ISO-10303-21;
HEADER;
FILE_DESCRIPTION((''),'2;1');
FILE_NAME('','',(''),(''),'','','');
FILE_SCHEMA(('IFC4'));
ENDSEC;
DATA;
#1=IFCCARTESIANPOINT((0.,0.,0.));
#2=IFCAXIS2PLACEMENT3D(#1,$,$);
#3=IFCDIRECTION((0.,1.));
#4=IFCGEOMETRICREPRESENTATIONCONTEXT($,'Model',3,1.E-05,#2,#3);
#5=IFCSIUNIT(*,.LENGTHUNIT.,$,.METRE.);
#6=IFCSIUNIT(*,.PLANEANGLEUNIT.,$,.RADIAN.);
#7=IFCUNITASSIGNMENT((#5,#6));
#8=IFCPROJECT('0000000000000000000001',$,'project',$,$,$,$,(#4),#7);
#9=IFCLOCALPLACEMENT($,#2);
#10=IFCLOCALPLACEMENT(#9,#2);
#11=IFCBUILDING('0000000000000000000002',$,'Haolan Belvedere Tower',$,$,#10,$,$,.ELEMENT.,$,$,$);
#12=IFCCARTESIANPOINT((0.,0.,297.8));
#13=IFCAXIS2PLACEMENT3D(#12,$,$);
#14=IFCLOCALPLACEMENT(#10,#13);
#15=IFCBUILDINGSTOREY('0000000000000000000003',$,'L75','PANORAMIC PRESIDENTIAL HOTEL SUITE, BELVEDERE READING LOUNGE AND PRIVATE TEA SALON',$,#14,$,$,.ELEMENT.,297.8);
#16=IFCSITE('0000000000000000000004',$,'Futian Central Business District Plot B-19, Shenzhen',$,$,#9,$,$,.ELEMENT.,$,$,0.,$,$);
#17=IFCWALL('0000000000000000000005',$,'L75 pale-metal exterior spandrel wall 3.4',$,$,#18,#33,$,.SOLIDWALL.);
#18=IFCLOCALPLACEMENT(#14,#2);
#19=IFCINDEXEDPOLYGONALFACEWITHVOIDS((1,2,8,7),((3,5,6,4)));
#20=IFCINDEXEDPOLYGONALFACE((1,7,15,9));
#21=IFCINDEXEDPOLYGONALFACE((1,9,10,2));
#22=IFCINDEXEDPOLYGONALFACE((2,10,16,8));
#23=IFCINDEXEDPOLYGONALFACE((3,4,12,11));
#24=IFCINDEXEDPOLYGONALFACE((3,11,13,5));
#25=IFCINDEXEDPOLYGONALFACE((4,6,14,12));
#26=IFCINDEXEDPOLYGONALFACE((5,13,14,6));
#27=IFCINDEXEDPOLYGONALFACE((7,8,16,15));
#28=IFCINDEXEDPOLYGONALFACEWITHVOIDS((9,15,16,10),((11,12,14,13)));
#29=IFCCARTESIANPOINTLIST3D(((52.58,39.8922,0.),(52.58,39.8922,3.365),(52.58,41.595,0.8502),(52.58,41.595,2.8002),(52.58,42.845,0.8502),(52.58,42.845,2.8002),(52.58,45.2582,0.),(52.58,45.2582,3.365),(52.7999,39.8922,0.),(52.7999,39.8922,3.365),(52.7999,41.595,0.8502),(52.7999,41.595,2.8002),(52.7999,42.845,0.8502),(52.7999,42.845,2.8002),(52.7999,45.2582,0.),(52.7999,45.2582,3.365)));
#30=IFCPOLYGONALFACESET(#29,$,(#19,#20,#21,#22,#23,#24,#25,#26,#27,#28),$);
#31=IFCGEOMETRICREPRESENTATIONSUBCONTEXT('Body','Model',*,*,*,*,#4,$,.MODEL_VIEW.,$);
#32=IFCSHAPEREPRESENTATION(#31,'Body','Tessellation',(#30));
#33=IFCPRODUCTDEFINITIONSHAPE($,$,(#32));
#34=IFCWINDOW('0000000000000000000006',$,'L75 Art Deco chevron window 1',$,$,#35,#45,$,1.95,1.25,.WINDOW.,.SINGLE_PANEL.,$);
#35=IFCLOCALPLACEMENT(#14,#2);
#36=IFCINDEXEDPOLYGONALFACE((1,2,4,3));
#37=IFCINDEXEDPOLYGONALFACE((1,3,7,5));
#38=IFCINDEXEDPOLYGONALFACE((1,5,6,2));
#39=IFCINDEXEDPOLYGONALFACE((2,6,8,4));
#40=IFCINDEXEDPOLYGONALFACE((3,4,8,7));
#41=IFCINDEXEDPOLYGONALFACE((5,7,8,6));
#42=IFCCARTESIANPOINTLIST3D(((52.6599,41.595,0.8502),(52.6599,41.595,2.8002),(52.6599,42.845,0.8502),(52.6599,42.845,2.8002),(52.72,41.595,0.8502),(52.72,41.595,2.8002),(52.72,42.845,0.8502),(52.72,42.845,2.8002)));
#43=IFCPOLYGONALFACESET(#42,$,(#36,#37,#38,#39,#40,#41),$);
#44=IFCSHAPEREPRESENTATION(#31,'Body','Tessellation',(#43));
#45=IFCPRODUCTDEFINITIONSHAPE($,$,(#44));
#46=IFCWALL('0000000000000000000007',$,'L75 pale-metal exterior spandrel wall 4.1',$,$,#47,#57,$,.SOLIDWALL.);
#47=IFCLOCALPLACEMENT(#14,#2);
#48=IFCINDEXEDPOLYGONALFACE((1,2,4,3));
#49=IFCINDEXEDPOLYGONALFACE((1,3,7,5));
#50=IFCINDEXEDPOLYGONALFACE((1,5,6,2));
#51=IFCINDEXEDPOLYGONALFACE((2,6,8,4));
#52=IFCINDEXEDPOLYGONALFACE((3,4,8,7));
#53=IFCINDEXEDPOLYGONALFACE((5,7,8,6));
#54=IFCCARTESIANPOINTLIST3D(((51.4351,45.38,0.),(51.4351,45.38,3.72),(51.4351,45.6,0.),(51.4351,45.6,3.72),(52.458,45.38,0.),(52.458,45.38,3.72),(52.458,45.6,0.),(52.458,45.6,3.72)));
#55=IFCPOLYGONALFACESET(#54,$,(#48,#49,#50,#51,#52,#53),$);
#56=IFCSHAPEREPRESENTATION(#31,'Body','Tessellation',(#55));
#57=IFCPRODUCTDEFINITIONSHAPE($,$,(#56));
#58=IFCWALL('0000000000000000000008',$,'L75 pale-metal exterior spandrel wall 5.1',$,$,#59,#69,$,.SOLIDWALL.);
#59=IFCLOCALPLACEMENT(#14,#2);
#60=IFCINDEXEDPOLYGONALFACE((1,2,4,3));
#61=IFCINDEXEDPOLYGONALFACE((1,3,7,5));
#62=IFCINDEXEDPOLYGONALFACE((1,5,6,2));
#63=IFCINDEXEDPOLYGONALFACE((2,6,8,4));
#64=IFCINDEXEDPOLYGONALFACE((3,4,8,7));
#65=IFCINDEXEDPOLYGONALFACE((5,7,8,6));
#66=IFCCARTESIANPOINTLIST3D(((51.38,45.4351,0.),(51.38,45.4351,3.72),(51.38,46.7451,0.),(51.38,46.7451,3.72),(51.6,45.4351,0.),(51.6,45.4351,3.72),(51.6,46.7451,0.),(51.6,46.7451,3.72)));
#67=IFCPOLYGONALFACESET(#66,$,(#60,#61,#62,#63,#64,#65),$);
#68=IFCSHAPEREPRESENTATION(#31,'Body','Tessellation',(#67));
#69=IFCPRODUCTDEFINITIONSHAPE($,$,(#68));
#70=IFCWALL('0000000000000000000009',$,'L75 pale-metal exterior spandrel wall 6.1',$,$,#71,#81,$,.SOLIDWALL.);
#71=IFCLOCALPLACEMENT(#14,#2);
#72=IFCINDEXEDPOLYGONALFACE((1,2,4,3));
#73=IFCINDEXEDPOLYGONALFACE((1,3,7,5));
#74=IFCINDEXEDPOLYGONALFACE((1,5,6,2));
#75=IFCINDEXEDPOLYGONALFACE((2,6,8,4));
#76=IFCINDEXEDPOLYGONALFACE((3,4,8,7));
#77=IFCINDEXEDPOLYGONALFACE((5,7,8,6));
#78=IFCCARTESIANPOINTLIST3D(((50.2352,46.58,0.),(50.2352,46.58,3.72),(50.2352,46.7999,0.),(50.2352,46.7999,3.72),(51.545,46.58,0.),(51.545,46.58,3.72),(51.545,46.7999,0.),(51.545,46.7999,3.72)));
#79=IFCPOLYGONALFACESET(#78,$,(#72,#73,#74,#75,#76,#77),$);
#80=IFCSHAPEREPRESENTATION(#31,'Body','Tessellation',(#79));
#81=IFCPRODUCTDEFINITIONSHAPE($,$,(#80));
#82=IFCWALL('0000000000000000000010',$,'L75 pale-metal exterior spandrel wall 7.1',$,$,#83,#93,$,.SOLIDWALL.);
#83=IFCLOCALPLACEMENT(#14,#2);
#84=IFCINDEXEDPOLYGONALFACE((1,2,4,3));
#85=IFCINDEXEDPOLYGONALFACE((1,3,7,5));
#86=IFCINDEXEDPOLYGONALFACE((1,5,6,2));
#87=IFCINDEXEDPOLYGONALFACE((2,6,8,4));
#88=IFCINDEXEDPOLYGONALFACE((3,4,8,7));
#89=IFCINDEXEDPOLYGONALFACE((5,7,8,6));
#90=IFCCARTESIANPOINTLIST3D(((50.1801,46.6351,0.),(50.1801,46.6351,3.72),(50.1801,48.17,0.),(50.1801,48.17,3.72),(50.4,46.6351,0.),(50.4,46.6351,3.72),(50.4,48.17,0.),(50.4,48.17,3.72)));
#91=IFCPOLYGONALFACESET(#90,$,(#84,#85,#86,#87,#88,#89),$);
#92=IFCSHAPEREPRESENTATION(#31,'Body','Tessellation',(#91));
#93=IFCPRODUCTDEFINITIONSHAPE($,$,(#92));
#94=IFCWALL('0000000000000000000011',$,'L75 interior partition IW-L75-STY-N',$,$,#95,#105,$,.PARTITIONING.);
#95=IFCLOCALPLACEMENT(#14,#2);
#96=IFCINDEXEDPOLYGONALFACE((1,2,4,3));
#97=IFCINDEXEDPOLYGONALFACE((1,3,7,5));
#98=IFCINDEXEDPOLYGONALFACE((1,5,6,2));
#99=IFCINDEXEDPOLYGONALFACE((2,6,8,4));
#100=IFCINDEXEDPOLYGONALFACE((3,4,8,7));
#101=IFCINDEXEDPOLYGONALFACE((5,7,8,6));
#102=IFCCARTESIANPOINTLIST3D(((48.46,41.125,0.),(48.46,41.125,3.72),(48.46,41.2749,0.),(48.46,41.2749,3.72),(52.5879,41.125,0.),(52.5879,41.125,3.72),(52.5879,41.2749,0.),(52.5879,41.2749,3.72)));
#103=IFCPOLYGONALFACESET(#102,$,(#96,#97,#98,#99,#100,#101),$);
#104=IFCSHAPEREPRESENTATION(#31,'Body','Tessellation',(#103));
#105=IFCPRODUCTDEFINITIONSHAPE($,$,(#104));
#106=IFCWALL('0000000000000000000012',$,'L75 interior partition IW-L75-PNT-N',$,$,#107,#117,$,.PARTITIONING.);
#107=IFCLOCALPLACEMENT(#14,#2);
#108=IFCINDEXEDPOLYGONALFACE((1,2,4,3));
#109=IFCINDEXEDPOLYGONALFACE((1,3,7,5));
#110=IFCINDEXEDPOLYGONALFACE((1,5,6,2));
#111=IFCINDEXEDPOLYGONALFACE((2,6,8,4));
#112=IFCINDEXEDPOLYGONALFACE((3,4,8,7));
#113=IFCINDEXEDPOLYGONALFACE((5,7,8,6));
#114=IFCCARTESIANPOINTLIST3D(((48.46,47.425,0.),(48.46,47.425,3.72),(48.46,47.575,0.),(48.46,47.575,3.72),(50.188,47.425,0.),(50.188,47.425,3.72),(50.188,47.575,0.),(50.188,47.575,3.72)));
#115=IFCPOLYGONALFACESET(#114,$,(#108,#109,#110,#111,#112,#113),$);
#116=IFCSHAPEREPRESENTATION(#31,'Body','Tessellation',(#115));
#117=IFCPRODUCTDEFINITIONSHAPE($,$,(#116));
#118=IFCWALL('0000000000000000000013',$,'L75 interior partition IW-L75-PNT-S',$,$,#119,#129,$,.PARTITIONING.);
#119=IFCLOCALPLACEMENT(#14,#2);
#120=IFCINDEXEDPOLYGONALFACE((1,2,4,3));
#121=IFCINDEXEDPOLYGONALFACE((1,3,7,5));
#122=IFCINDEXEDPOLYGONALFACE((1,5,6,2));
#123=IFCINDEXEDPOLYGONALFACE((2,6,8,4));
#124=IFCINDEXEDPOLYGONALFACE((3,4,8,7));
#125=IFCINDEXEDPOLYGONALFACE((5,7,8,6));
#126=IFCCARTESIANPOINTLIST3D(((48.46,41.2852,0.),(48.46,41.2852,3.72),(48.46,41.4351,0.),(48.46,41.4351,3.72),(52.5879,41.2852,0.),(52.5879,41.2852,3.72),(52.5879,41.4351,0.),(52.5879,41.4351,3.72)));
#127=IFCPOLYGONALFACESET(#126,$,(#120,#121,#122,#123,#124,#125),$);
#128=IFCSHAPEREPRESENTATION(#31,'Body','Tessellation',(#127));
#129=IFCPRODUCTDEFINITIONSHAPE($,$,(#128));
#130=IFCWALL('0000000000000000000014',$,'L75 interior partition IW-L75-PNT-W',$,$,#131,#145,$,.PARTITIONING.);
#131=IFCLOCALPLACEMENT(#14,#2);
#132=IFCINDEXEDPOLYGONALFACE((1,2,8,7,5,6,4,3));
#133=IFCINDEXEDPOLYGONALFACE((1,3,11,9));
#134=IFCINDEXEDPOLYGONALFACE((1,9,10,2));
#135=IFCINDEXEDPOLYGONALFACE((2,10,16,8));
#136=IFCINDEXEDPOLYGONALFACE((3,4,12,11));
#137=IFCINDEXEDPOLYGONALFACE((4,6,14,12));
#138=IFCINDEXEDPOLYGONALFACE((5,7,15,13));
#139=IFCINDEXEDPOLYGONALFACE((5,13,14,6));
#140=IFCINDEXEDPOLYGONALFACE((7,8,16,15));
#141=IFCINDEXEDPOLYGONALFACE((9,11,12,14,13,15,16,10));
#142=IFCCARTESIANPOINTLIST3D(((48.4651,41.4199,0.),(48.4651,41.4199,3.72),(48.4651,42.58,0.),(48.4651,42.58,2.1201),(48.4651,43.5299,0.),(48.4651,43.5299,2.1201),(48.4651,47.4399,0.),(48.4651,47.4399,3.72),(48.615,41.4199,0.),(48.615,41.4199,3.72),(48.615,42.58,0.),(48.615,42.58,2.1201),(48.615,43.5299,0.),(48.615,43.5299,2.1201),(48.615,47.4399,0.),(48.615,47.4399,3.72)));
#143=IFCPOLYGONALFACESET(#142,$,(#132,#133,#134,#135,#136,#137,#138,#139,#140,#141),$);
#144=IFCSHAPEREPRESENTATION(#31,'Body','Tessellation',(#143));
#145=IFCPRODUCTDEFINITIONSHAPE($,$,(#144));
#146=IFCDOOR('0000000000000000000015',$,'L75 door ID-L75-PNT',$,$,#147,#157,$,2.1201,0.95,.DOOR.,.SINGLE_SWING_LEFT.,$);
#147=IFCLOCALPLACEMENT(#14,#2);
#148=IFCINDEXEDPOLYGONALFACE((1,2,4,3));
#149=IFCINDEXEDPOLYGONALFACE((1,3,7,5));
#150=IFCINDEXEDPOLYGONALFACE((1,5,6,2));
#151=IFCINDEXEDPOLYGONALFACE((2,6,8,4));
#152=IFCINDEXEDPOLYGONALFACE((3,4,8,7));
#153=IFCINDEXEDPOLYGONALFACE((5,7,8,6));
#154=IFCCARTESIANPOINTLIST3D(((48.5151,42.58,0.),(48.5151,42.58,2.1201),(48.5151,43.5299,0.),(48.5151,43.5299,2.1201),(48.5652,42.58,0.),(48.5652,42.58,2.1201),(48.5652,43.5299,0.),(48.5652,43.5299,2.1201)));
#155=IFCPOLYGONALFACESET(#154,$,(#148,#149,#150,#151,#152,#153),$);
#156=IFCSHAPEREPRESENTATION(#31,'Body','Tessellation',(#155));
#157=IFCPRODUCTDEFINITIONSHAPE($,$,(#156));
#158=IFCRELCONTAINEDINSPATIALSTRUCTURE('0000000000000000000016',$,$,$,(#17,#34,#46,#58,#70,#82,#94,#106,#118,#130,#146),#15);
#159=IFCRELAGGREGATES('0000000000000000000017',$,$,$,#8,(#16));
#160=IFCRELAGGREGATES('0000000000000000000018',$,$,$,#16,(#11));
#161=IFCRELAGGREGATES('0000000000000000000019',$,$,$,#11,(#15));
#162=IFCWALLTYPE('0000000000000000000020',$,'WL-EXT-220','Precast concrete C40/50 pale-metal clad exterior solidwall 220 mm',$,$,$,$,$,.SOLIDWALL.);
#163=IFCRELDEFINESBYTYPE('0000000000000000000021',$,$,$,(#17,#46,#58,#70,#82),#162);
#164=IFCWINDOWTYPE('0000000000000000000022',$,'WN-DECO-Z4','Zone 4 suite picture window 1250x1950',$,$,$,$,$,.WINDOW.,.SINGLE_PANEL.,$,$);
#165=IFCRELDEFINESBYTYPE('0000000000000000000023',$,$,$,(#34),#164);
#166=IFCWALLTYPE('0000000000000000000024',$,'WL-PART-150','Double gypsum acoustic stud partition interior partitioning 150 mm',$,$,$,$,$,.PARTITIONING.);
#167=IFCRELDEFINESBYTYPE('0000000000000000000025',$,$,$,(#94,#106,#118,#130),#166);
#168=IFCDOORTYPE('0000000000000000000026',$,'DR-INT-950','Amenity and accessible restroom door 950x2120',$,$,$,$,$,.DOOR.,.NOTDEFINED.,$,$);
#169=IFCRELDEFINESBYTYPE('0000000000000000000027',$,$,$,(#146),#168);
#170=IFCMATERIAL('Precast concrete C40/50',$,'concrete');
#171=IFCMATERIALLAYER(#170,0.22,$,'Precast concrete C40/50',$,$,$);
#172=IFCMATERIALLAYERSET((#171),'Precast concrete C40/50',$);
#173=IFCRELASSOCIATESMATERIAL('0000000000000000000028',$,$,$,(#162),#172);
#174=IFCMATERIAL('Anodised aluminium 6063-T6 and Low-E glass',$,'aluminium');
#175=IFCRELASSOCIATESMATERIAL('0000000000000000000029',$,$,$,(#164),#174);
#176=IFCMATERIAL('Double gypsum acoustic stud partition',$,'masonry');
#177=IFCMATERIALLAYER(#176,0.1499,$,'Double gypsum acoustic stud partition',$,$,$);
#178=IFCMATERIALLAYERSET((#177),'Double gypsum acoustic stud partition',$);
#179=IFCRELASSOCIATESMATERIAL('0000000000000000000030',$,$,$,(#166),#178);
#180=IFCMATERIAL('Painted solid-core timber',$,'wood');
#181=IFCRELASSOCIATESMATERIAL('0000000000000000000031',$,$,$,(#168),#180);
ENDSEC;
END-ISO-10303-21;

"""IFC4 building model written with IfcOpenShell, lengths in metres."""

from ifc_helpers import new_model, si_unit, direction, frame, frame_2d, origin, place, context, subcontext, project, spatial, rectangle, extrude, material, layer, layer_set, type_object, element, fill, save


model = new_model("IFC4")

# Units and contexts
model_context = context("Model", 3, precision=1e-05, world=origin(), true_north=direction((0.0, 1.0)))
body_context = subcontext(model_context, "Body", "Model", "MODEL_VIEW")
ifc_project = project(units=[si_unit("LENGTHUNIT", "METRE"), si_unit("PLANEANGLEUNIT", "RADIAN")], contexts=[model_context])

# Site, building, storey
site_placement = place(None, origin())
site = spatial("IfcSite", under=ifc_project, at=site_placement, Name="Futian Central Business District Plot B-19, Shenzhen", CompositionType="ELEMENT", RefElevation=0.0)
building_placement = place(site_placement, origin())
building = spatial("IfcBuilding", under=site, at=building_placement, Name="Haolan Belvedere Tower", CompositionType="ELEMENT")
storey_placement = place(building_placement, frame((0.0, 0.0, 297.8)))
storey = spatial("IfcBuildingStorey", under=building, at=storey_placement, Name="L75", Description="PANORAMIC PRESIDENTIAL HOTEL SUITE, BELVEDERE READING LOUNGE AND PRIVATE TEA SALON", CompositionType="ELEMENT", Elevation=297.8)

# Wall, opening, window
ifc_material_1 = material(Name="Precast concrete C40/50", Category="concrete")
ifc_layer_1 = layer(ifc_material_1, 0.22, Name="Precast concrete C40/50")
ifc_layer_set_1 = layer_set([ifc_layer_1], Name="Precast concrete C40/50")
wall_type_1 = type_object("IfcWallType", Name="WL-EXT-220", Description="Precast concrete C40/50 pale-metal clad exterior solidwall 220 mm", PredefinedType="SOLIDWALL", material=ifc_layer_set_1)
wall_1_placement = place(storey_placement, frame((52.6899, 39.8921, 0.0), z_axis=(0.0, 0.0, 1.0), x_axis=(0.0, 1.0, 0.0)))
wall_1 = element("IfcWall", 1, at=wall_1_placement, inside=storey, type_object=wall_type_1, Name="L75 pale-metal exterior spandrel wall 3.4", PredefinedType="SOLIDWALL", context=body_context, shape_type="SweptSolid", body=[
    extrude(rectangle(XDim=5.366, YDim=0.22, at=frame_2d((2.6831, 0.0))), origin(), (0.0, 0.0, 1.0), 3.365),
])
opening_1_placement = place(wall_1_placement, frame((1.7029, 0.0, 0.8501)))
opening_1 = element("IfcOpeningElement", 2, at=opening_1_placement, cuts=wall_1, PredefinedType="OPENING", context=body_context, shape_type="SweptSolid", body=[
    extrude(rectangle(XDim=1.25, YDim=1.95, at=frame_2d((0.625, 0.9751))), frame((0.0, 0.1199, 0.0), z_axis=(0.0, -1.0, 0.0), x_axis=(1.0, 0.0, 0.0)), (0.0, 0.0, 1.0), 0.24),
])
ifc_material_2 = material(Name="Anodised aluminium 6063-T6 and Low-E glass", Category="aluminium")
window_type = type_object("IfcWindowType", Name="WN-DECO-Z4", Description="Zone 4 suite picture window 1250x1950", PartitioningType="SINGLE_PANEL", PredefinedType="WINDOW", material=ifc_material_2)
window_placement = place(opening_1_placement, origin())
window = element("IfcWindow", 3, at=window_placement, inside=storey, type_object=window_type, Name="L75 Art Deco chevron window 1", OverallHeight=1.95, OverallWidth=1.25, PartitioningType="SINGLE_PANEL", PredefinedType="WINDOW", context=body_context, shape_type="SweptSolid", body=[
    extrude(rectangle(XDim=1.25, YDim=1.95, at=frame_2d((0.625, 0.9751))), frame((0.0, 0.03, 0.0), z_axis=(0.0, -1.0, 0.0), x_axis=(1.0, 0.0, 0.0)), (0.0, 0.0, 1.0), 0.0601),
])
fill(opening_1, window)

# Walls
wall_2_placement = place(storey_placement, frame((52.458, 45.49, 0.0), z_axis=(0.0, 0.0, 1.0), x_axis=(-1.0, 0.0, 0.0)))
element("IfcWall", 4, at=wall_2_placement, inside=storey, type_object=wall_type_1, Name="L75 pale-metal exterior spandrel wall 4.1", PredefinedType="SOLIDWALL", context=body_context, shape_type="SweptSolid", body=[
    extrude(rectangle(XDim=1.0229, YDim=0.22, at=frame_2d((0.5115, 0.0))), origin(), (0.0, 0.0, 1.0), 3.72),
])
wall_3_placement = place(storey_placement, frame((51.49, 45.4351, 0.0), z_axis=(0.0, 0.0, 1.0), x_axis=(0.0, 1.0, 0.0)))
element("IfcWall", 5, at=wall_3_placement, inside=storey, type_object=wall_type_1, Name="L75 pale-metal exterior spandrel wall 5.1", PredefinedType="SOLIDWALL", context=body_context, shape_type="SweptSolid", body=[
    extrude(rectangle(XDim=1.3101, YDim=0.22, at=frame_2d((0.655, 0.0))), origin(), (0.0, 0.0, 1.0), 3.72),
])
wall_4_placement = place(storey_placement, frame((51.5449, 46.6899, 0.0), z_axis=(0.0, 0.0, 1.0), x_axis=(-1.0, 0.0, 0.0)))
element("IfcWall", 6, at=wall_4_placement, inside=storey, type_object=wall_type_1, Name="L75 pale-metal exterior spandrel wall 6.1", PredefinedType="SOLIDWALL", context=body_context, shape_type="SweptSolid", body=[
    extrude(rectangle(XDim=1.3098, YDim=0.22, at=frame_2d((0.6548, 0.0))), origin(), (0.0, 0.0, 1.0), 3.72),
])
wall_5_placement = place(storey_placement, frame((50.29, 46.635, 0.0), z_axis=(0.0, 0.0, 1.0), x_axis=(0.0, 1.0, 0.0)))
element("IfcWall", 7, at=wall_5_placement, inside=storey, type_object=wall_type_1, Name="L75 pale-metal exterior spandrel wall 7.1", PredefinedType="SOLIDWALL", context=body_context, shape_type="SweptSolid", body=[
    extrude(rectangle(XDim=1.5349, YDim=0.22, at=frame_2d((0.7676, 0.0))), origin(), (0.0, 0.0, 1.0), 3.72),
])

# Walls
ifc_material_3 = material(Name="Double gypsum acoustic stud partition", Category="masonry")
ifc_layer_2 = layer(ifc_material_3, 0.1499, Name="Double gypsum acoustic stud partition")
ifc_layer_set_2 = layer_set([ifc_layer_2], Name="Double gypsum acoustic stud partition")
wall_type_2 = type_object("IfcWallType", Name="WL-PART-150", Description="Double gypsum acoustic stud partition interior partitioning 150 mm", PredefinedType="PARTITIONING", material=ifc_layer_set_2)
wall_6_placement = place(storey_placement, frame((48.46, 41.2, 0.0), z_axis=(0.0, 0.0, 1.0), x_axis=(1.0, 0.0, 0.0)))
element("IfcWall", 8, at=wall_6_placement, inside=storey, type_object=wall_type_2, Name="L75 interior partition IW-L75-STY-N", PredefinedType="PARTITIONING", context=body_context, shape_type="SweptSolid", body=[
    extrude(rectangle(XDim=4.1279, YDim=0.1499, at=frame_2d((2.064, 0.0))), origin(), (0.0, 0.0, 1.0), 3.72),
])
wall_7_placement = place(storey_placement, frame((48.46, 47.5, 0.0), z_axis=(0.0, 0.0, 1.0), x_axis=(1.0, 0.0, 0.0)))
element("IfcWall", 9, at=wall_7_placement, inside=storey, type_object=wall_type_2, Name="L75 interior partition IW-L75-PNT-N", PredefinedType="PARTITIONING", context=body_context, shape_type="SweptSolid", body=[
    extrude(rectangle(XDim=1.728, YDim=0.1499, at=frame_2d((0.864, 0.0))), origin(), (0.0, 0.0, 1.0), 3.72),
])
wall_8_placement = place(storey_placement, frame((48.46, 41.3601, 0.0), z_axis=(0.0, 0.0, 1.0), x_axis=(1.0, 0.0, 0.0)))
element("IfcWall", 10, at=wall_8_placement, inside=storey, type_object=wall_type_2, Name="L75 interior partition IW-L75-PNT-S", PredefinedType="PARTITIONING", context=body_context, shape_type="SweptSolid", body=[
    extrude(rectangle(XDim=4.1279, YDim=0.1499, at=frame_2d((2.064, 0.0))), origin(), (0.0, 0.0, 1.0), 3.72),
])

# Wall, opening, door
wall_9_placement = place(storey_placement, frame((48.54, 41.4199, 0.0), z_axis=(0.0, 0.0, 1.0), x_axis=(0.0, 1.0, 0.0)))
wall_9 = element("IfcWall", 11, at=wall_9_placement, inside=storey, type_object=wall_type_2, Name="L75 interior partition IW-L75-PNT-W", PredefinedType="PARTITIONING", context=body_context, shape_type="SweptSolid", body=[
    extrude(rectangle(XDim=6.02, YDim=0.1499, at=frame_2d((3.01, 0.0))), origin(), (0.0, 0.0, 1.0), 3.72),
])
opening_2_placement = place(wall_9_placement, frame((1.1599, 0.0, 0.0)))
opening_2 = element("IfcOpeningElement", 12, at=opening_2_placement, cuts=wall_9, PredefinedType="OPENING", context=body_context, shape_type="SweptSolid", body=[
    extrude(rectangle(XDim=0.95, YDim=2.1201, at=frame_2d((0.4751, 1.0601))), frame((0.0, 0.085, 0.0), z_axis=(0.0, -1.0, 0.0), x_axis=(1.0, 0.0, 0.0)), (0.0, 0.0, 1.0), 0.1699),
])
ifc_material_4 = material(Name="Painted solid-core timber", Category="wood")
door_type_1 = type_object("IfcDoorType", Name="DR-INT-950", Description="Amenity and accessible restroom door 950x2120", OperationType="NOTDEFINED", PredefinedType="DOOR", material=ifc_material_4)
door_1_placement = place(opening_2_placement, origin())
door_1 = element("IfcDoor", 13, at=door_1_placement, inside=storey, type_object=door_type_1, Name="L75 door ID-L75-PNT", OperationType="SINGLE_SWING_LEFT", OverallHeight=2.1201, OverallWidth=0.95, PredefinedType="DOOR", context=body_context, shape_type="SweptSolid", body=[
    extrude(rectangle(XDim=0.95, YDim=2.1201, at=frame_2d((0.4751, 1.0601))), frame((0.0, 0.0249, 0.0), z_axis=(0.0, -1.0, 0.0), x_axis=(1.0, 0.0, 0.0)), (0.0, 0.0, 1.0), 0.05),
])
fill(opening_2, door_1)

save(model, "model.ifc")
